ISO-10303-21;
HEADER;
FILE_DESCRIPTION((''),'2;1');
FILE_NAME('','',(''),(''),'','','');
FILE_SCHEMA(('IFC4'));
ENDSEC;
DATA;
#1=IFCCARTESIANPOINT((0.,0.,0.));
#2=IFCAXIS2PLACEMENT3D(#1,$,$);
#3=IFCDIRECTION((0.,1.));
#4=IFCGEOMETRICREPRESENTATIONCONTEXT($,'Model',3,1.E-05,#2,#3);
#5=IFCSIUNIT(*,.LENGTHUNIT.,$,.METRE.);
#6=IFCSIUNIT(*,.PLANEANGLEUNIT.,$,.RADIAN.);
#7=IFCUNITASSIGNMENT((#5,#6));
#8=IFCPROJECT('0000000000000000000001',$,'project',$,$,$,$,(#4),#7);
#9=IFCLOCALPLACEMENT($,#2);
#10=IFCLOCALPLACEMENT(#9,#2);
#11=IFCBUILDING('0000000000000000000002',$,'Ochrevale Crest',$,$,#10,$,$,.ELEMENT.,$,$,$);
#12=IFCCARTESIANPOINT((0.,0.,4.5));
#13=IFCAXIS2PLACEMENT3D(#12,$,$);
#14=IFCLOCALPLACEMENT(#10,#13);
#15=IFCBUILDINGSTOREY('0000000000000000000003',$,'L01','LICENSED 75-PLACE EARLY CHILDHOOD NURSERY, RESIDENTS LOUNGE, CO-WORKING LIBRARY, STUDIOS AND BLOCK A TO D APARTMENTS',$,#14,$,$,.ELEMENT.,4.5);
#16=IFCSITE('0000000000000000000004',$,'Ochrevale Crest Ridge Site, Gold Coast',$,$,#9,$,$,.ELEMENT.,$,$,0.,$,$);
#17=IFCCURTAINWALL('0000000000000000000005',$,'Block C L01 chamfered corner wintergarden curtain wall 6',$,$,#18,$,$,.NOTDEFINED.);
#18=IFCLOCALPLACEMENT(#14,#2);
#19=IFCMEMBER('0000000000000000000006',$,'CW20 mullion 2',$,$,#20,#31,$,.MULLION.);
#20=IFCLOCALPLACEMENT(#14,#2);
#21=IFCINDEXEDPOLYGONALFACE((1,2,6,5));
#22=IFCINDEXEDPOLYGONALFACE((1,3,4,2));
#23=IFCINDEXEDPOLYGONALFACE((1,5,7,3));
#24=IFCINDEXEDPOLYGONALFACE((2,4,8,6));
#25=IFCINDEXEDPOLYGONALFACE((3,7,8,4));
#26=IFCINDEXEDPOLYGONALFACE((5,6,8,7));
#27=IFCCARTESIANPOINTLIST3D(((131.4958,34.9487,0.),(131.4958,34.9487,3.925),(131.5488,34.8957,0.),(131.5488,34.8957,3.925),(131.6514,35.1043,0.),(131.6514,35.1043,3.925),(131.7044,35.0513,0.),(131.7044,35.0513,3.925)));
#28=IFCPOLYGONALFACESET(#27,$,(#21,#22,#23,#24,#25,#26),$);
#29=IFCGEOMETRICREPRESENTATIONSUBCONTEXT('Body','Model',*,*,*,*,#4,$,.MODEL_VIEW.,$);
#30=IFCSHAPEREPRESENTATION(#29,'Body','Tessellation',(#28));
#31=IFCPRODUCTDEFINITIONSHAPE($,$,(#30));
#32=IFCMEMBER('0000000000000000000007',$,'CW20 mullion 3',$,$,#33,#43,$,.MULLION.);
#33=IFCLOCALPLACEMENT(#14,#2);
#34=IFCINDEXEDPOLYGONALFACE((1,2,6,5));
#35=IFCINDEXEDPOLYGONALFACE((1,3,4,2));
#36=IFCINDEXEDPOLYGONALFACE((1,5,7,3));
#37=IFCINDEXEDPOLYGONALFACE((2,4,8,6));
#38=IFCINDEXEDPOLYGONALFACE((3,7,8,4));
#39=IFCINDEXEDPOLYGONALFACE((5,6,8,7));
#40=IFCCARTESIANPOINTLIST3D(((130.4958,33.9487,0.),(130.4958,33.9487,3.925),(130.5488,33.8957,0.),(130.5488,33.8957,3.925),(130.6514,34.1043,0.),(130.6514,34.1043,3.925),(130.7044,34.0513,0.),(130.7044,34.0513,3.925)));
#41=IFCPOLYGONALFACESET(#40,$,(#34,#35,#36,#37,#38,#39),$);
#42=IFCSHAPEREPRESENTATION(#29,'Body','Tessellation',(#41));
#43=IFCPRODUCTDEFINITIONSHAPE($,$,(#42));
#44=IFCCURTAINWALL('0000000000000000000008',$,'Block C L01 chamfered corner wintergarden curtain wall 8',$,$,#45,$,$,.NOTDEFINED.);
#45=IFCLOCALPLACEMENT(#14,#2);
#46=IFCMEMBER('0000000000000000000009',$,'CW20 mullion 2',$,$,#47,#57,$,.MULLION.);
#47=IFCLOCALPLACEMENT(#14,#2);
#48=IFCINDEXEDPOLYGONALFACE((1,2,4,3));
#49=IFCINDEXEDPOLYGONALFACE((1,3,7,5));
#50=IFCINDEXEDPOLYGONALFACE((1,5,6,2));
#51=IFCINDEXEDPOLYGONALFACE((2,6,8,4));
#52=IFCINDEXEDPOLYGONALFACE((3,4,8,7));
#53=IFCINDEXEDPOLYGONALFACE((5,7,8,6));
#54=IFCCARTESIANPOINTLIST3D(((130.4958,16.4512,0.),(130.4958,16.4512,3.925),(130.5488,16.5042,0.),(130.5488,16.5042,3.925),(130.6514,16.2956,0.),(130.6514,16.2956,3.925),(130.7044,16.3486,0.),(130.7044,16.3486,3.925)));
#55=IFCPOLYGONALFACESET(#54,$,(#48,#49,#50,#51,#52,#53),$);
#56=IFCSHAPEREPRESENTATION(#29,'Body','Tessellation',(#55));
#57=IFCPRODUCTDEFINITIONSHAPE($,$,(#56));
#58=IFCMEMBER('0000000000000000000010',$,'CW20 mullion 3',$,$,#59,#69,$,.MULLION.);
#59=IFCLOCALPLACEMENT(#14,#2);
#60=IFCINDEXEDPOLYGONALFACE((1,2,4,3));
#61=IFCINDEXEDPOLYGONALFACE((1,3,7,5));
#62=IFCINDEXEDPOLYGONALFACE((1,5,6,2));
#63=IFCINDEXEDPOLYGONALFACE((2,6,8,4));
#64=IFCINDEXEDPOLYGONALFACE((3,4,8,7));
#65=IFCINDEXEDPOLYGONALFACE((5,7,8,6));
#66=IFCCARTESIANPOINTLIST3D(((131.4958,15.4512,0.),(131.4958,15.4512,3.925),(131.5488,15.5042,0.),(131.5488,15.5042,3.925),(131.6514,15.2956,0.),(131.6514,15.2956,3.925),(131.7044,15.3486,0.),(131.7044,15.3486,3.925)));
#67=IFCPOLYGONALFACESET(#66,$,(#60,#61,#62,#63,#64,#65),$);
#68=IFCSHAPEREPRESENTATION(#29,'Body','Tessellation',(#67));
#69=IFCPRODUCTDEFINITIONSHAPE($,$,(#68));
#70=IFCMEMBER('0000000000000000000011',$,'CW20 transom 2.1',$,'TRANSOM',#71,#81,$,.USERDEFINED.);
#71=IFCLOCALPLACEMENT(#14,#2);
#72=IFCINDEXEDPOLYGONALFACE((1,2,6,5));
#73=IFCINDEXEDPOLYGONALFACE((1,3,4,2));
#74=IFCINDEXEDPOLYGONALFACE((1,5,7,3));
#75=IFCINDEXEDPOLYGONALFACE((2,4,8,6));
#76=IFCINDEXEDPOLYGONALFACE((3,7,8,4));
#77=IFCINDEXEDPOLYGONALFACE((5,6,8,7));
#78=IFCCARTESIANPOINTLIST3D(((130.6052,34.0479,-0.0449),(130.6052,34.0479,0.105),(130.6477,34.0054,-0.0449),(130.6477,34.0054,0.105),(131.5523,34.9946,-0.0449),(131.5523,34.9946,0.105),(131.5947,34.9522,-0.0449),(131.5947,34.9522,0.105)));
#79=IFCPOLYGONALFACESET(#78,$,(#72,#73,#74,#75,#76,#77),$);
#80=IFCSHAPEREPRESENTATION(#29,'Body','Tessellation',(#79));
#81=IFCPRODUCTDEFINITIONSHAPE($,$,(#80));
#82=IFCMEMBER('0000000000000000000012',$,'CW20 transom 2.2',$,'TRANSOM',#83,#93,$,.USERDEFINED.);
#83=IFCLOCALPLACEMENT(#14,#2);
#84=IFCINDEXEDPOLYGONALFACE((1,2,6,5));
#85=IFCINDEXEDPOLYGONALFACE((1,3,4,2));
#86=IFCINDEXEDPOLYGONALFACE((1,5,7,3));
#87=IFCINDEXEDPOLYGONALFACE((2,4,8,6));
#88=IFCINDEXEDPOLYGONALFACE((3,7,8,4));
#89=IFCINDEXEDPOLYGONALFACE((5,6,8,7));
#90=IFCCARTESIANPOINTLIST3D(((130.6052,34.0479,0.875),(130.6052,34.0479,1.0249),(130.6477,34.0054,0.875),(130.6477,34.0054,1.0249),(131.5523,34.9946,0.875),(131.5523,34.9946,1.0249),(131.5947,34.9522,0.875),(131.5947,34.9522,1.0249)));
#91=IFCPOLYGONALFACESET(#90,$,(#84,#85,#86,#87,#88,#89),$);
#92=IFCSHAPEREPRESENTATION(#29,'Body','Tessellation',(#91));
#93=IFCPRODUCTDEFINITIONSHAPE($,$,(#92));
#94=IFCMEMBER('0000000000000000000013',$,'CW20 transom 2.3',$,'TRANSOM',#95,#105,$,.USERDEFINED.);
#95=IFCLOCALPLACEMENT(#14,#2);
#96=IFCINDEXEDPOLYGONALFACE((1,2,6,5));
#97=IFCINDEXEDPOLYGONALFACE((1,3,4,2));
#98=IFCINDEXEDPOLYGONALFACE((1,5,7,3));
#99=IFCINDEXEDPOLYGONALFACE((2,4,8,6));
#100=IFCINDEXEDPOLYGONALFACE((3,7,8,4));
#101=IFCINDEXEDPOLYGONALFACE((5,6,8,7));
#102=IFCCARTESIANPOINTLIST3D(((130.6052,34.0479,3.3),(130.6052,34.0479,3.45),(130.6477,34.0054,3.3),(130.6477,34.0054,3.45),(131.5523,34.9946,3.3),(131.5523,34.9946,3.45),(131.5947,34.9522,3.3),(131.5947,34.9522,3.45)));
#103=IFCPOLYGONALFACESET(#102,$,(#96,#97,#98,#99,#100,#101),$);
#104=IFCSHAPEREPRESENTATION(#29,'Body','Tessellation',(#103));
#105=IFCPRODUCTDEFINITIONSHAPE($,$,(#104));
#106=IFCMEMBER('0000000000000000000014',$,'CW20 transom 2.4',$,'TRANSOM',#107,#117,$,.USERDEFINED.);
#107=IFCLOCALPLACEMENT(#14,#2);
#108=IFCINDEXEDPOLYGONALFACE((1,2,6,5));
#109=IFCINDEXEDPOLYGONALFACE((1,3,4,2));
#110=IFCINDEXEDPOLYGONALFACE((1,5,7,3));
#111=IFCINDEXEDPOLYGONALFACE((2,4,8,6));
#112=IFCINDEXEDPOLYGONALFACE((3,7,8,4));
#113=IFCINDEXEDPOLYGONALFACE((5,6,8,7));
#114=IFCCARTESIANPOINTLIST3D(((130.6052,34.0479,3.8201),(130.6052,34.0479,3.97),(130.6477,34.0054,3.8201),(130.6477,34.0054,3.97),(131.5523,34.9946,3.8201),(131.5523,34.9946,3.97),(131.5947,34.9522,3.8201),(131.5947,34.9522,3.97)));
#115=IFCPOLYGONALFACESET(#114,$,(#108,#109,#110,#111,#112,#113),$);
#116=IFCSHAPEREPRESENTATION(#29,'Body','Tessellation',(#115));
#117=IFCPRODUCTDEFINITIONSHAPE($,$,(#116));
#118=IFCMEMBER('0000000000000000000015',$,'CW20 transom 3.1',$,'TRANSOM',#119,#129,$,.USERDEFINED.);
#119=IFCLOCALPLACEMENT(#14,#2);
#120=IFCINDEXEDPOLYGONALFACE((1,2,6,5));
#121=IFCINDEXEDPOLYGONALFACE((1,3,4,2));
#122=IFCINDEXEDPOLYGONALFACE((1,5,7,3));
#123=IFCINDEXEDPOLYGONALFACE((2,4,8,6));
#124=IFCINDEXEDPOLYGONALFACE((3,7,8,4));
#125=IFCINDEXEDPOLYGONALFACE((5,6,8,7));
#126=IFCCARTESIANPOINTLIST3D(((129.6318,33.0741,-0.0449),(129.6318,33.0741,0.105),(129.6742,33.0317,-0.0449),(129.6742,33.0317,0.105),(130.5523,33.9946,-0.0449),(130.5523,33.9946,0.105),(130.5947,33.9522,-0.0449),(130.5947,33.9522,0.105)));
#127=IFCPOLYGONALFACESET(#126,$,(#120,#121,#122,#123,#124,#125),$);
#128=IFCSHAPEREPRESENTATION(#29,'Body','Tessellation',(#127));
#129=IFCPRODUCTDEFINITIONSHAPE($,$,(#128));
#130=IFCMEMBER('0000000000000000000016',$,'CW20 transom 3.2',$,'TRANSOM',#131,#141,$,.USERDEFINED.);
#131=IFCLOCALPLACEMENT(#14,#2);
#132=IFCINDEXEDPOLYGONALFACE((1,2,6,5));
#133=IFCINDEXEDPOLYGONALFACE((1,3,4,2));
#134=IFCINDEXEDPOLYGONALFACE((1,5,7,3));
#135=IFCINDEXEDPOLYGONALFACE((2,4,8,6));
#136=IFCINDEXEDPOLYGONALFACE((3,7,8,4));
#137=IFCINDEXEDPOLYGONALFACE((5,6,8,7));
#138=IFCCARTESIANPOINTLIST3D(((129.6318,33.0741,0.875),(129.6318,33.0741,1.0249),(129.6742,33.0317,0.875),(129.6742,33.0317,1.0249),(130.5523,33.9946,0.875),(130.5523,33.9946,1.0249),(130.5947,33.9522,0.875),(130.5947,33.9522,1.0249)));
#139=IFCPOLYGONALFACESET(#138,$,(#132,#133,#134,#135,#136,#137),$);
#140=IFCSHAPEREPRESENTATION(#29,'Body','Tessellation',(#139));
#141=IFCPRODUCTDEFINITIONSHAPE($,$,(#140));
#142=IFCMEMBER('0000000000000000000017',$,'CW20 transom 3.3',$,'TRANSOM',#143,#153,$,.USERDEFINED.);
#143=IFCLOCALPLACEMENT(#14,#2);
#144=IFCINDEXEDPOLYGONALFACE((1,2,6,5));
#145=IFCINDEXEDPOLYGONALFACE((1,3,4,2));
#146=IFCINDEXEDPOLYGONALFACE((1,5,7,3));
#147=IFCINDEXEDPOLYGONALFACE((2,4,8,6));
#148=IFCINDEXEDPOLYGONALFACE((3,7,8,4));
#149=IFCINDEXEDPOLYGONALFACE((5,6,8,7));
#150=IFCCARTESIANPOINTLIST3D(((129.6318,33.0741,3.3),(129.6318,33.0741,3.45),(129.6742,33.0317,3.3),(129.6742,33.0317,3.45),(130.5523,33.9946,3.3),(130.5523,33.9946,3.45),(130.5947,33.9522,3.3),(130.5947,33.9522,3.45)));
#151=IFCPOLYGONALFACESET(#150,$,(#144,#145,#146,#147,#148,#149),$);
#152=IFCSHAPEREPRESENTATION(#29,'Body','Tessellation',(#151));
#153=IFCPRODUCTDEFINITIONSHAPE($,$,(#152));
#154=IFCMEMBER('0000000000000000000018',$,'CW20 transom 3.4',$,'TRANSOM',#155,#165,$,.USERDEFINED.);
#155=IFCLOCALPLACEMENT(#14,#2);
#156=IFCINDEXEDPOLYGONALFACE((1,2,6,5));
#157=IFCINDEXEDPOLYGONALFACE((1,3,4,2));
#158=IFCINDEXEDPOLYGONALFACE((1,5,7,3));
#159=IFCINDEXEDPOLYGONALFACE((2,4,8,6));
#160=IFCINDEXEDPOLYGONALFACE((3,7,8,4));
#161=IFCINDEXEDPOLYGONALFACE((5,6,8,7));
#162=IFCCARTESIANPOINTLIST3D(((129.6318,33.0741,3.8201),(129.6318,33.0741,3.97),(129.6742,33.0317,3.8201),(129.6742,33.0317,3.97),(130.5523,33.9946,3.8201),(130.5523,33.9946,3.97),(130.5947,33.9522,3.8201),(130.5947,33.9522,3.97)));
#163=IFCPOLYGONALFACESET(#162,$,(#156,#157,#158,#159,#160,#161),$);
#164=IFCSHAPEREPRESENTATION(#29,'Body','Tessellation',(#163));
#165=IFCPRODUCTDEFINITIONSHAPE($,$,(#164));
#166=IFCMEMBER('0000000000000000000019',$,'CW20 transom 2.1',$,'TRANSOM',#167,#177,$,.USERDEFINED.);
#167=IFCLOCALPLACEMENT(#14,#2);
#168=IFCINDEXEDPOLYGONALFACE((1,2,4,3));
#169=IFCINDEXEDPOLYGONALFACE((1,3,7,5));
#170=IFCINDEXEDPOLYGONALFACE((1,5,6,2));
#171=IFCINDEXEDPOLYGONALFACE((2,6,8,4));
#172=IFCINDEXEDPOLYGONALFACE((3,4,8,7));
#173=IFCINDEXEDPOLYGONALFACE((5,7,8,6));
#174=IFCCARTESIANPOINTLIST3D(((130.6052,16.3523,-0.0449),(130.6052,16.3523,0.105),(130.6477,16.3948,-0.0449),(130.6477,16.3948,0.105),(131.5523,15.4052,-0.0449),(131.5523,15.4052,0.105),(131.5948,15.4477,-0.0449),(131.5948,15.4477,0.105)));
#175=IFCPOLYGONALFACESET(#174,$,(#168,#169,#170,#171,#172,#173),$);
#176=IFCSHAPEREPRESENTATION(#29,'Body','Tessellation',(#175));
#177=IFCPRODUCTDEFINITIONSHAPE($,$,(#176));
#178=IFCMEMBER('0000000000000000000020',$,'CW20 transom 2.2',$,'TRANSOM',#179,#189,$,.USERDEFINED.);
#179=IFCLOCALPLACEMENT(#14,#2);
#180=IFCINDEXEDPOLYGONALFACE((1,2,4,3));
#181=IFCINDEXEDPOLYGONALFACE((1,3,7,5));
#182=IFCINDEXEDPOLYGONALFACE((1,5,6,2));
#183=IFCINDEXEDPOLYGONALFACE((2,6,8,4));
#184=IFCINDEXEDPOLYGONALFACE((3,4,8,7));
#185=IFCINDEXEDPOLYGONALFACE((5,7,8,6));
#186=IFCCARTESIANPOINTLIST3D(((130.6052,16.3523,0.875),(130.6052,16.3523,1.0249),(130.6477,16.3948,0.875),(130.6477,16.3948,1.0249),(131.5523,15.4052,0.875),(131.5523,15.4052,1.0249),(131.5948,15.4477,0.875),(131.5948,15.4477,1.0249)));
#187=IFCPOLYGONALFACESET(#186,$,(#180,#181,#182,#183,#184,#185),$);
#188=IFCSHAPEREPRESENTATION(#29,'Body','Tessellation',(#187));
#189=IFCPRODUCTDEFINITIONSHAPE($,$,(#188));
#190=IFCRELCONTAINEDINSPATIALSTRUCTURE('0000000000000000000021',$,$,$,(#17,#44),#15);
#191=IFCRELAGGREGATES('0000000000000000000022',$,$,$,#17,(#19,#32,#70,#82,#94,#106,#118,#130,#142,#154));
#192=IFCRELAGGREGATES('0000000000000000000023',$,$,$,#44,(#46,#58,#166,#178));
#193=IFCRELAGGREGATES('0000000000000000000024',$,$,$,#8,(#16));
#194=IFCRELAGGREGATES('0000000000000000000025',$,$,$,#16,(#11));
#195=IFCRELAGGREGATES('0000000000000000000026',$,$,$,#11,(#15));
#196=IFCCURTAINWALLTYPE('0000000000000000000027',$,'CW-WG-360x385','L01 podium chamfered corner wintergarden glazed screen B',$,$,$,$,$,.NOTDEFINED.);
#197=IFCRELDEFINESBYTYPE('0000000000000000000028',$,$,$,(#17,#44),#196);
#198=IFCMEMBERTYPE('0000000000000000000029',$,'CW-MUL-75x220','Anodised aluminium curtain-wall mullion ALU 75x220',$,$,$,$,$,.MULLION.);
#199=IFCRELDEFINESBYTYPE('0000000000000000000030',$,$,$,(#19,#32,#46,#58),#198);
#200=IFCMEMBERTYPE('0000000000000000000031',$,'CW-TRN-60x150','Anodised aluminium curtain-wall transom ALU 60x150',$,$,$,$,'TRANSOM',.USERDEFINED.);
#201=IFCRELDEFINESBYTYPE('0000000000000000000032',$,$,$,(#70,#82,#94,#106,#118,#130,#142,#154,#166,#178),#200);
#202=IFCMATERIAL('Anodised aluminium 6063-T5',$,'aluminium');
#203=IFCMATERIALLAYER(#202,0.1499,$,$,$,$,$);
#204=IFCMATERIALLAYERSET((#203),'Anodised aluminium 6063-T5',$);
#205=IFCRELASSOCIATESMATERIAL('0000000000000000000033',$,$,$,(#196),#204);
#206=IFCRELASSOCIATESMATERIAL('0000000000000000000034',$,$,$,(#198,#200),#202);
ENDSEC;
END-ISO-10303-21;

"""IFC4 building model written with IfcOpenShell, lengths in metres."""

from ifc_helpers import new_model, si_unit, direction, frame, origin, origin_2d, place, context, subcontext, project, spatial, rectangle, extrude, material, layer, layer_set, material_profile, profile_set, type_object, element, aggregate, save


model = new_model("IFC4")

# Units and contexts
model_context = context("Model", 3, precision=1e-05, world=origin(), true_north=direction((0.0, 1.0)))
body_context = subcontext(model_context, "Body", "Model", "MODEL_VIEW")
ifc_project = project(units=[si_unit("LENGTHUNIT", "METRE"), si_unit("PLANEANGLEUNIT", "RADIAN")], contexts=[model_context])

# Site, building, storey
site_placement = place(None, origin())
site = spatial("IfcSite", under=ifc_project, at=site_placement, Name="Ochrevale Crest Ridge Site, Gold Coast", CompositionType="ELEMENT", RefElevation=0.0)
building_placement = place(site_placement, origin())
building = spatial("IfcBuilding", under=site, at=building_placement, Name="Ochrevale Crest", CompositionType="ELEMENT")
storey_placement = place(building_placement, frame((0.0, 0.0, 4.5)))
storey = spatial("IfcBuildingStorey", under=building, at=storey_placement, Name="L01", Description="LICENSED 75-PLACE EARLY CHILDHOOD NURSERY, RESIDENTS LOUNGE, CO-WORKING LIBRARY, STUDIOS AND BLOCK A TO D APARTMENTS", CompositionType="ELEMENT", Elevation=4.5)

# Curtain walls, members
ifc_material_1 = material(Name="Anodised aluminium 6063-T5", Category="aluminium")
ifc_layer_1 = layer(ifc_material_1, 0.1499)
ifc_layer_set_1 = layer_set([ifc_layer_1], Name="Anodised aluminium 6063-T5")
curtain_wall_type = type_object("IfcCurtainWallType", Name="CW-WG-360x385", Description="L01 podium chamfered corner wintergarden glazed screen B", PredefinedType="NOTDEFINED", material=ifc_layer_set_1)
curtain_wall_1_placement = place(storey_placement, origin())
curtain_wall_1 = element("IfcCurtainWall", 1, at=curtain_wall_1_placement, inside=storey, type_object=curtain_wall_type, Name="Block C L01 chamfered corner wintergarden curtain wall 6", PredefinedType="NOTDEFINED")
ifc_material_profile_1 = material_profile(ifc_material_1, rectangle(XDim=0.075, YDim=0.22, at=origin_2d()), Name="ALU 75x220")
ifc_profile_set_1 = profile_set([ifc_material_profile_1], Name="Anodised aluminium 6063-T5")
member_type_1 = type_object("IfcMemberType", Name="CW-MUL-75x220", Description="Anodised aluminium curtain-wall mullion ALU 75x220", PredefinedType="MULLION", material=ifc_profile_set_1)
member_1_placement = place(storey_placement, frame((131.6001, 35.0, 0.0), z_axis=(0.0, 0.0, 1.0), x_axis=(0.707107, -0.707107, 0.0)))
member_1 = element("IfcMember", 2, at=member_1_placement, type_object=member_type_1, Name="CW20 mullion 2", PredefinedType="MULLION", context=body_context, shape_type="SweptSolid", body=[
    extrude(rectangle(XDim=0.075, YDim=0.22, at=origin_2d()), origin(), (0.0, 0.0, 1.0), 3.925),
])
member_2_placement = place(storey_placement, frame((130.6001, 34.0, 0.0), z_axis=(0.0, 0.0, 1.0), x_axis=(0.707107, -0.707107, 0.0)))
member_2 = element("IfcMember", 3, at=member_2_placement, type_object=member_type_1, Name="CW20 mullion 3", PredefinedType="MULLION", context=body_context, shape_type="SweptSolid", body=[
    extrude(rectangle(XDim=0.075, YDim=0.22, at=origin_2d()), origin(), (0.0, 0.0, 1.0), 3.925),
])
curtain_wall_2_placement = place(storey_placement, origin())
curtain_wall_2 = element("IfcCurtainWall", 4, at=curtain_wall_2_placement, inside=storey, type_object=curtain_wall_type, Name="Block C L01 chamfered corner wintergarden curtain wall 8", PredefinedType="NOTDEFINED")
member_3_placement = place(storey_placement, frame((130.6001, 16.3999, 0.0), z_axis=(0.0, 0.0, 1.0), x_axis=(0.707107, 0.707107, 0.0)))
member_3 = element("IfcMember", 5, at=member_3_placement, type_object=member_type_1, Name="CW20 mullion 2", PredefinedType="MULLION", context=body_context, shape_type="SweptSolid", body=[
    extrude(rectangle(XDim=0.075, YDim=0.22, at=origin_2d()), origin(), (0.0, 0.0, 1.0), 3.925),
])
member_4_placement = place(storey_placement, frame((131.6001, 15.3999, 0.0), z_axis=(0.0, 0.0, 1.0), x_axis=(0.707107, 0.707107, 0.0)))
member_4 = element("IfcMember", 6, at=member_4_placement, type_object=member_type_1, Name="CW20 mullion 3", PredefinedType="MULLION", context=body_context, shape_type="SweptSolid", body=[
    extrude(rectangle(XDim=0.075, YDim=0.22, at=origin_2d()), origin(), (0.0, 0.0, 1.0), 3.925),
])

# Members
ifc_material_profile_2 = material_profile(ifc_material_1, rectangle(XDim=0.0601, YDim=0.1499, at=origin_2d()), Name="ALU 60x150")
ifc_profile_set_2 = profile_set([ifc_material_profile_2], Name="Anodised aluminium 6063-T5")
member_type_2 = type_object("IfcMemberType", Name="CW-TRN-60x150", Description="Anodised aluminium curtain-wall transom ALU 60x150", ElementType="TRANSOM", PredefinedType="USERDEFINED", material=ifc_profile_set_2)
member_5_placement = place(storey_placement, frame((131.5735, 34.9734, 0.03), z_axis=(-0.707198, -0.707016, 0.0), x_axis=(0.707016, -0.707198, 0.0)))
member_5 = element("IfcMember", 7, at=member_5_placement, type_object=member_type_2, Name="CW20 transom 2.1", ObjectType="TRANSOM", PredefinedType="USERDEFINED", context=body_context, shape_type="SweptSolid", body=[
    extrude(rectangle(XDim=0.0601, YDim=0.1499, at=origin_2d()), origin(), (0.0, 0.0, 1.0), 1.3391),
])
member_6_placement = place(storey_placement, frame((131.5735, 34.9734, 0.95), z_axis=(-0.707198, -0.707016, 0.0), x_axis=(0.707016, -0.707198, 0.0)))
member_6 = element("IfcMember", 8, at=member_6_placement, type_object=member_type_2, Name="CW20 transom 2.2", ObjectType="TRANSOM", PredefinedType="USERDEFINED", context=body_context, shape_type="SweptSolid", body=[
    extrude(rectangle(XDim=0.0601, YDim=0.1499, at=origin_2d()), origin(), (0.0, 0.0, 1.0), 1.3391),
])
member_7_placement = place(storey_placement, frame((131.5735, 34.9734, 3.375), z_axis=(-0.707198, -0.707016, 0.0), x_axis=(0.707016, -0.707198, 0.0)))
member_7 = element("IfcMember", 9, at=member_7_placement, type_object=member_type_2, Name="CW20 transom 2.3", ObjectType="TRANSOM", PredefinedType="USERDEFINED", context=body_context, shape_type="SweptSolid", body=[
    extrude(rectangle(XDim=0.0601, YDim=0.1499, at=origin_2d()), origin(), (0.0, 0.0, 1.0), 1.3391),
])
member_8_placement = place(storey_placement, frame((131.5735, 34.9734, 3.895), z_axis=(-0.707198, -0.707016, 0.0), x_axis=(0.707016, -0.707198, 0.0)))
member_8 = element("IfcMember", 10, at=member_8_placement, type_object=member_type_2, Name="CW20 transom 2.4", ObjectType="TRANSOM", PredefinedType="USERDEFINED", context=body_context, shape_type="SweptSolid", body=[
    extrude(rectangle(XDim=0.0601, YDim=0.1499, at=origin_2d()), origin(), (0.0, 0.0, 1.0), 1.3391),
])
member_9_placement = place(storey_placement, frame((130.5735, 33.9734, 0.03), z_axis=(-0.707107, -0.707107, 0.0), x_axis=(0.707107, -0.707107, 0.0)))
member_9 = element("IfcMember", 11, at=member_9_placement, type_object=member_type_2, Name="CW20 transom 3.1", ObjectType="TRANSOM", PredefinedType="USERDEFINED", context=body_context, shape_type="SweptSolid", body=[
    extrude(rectangle(XDim=0.0601, YDim=0.1499, at=origin_2d()), origin(), (0.0, 0.0, 1.0), 1.3018),
])
member_10_placement = place(storey_placement, frame((130.5735, 33.9734, 0.95), z_axis=(-0.707107, -0.707107, 0.0), x_axis=(0.707107, -0.707107, 0.0)))
member_10 = element("IfcMember", 12, at=member_10_placement, type_object=member_type_2, Name="CW20 transom 3.2", ObjectType="TRANSOM", PredefinedType="USERDEFINED", context=body_context, shape_type="SweptSolid", body=[
    extrude(rectangle(XDim=0.0601, YDim=0.1499, at=origin_2d()), origin(), (0.0, 0.0, 1.0), 1.3018),
])
member_11_placement = place(storey_placement, frame((130.5735, 33.9734, 3.375), z_axis=(-0.707107, -0.707107, 0.0), x_axis=(0.707107, -0.707107, 0.0)))
member_11 = element("IfcMember", 13, at=member_11_placement, type_object=member_type_2, Name="CW20 transom 3.3", ObjectType="TRANSOM", PredefinedType="USERDEFINED", context=body_context, shape_type="SweptSolid", body=[
    extrude(rectangle(XDim=0.0601, YDim=0.1499, at=origin_2d()), origin(), (0.0, 0.0, 1.0), 1.3018),
])
member_12_placement = place(storey_placement, frame((130.5735, 33.9734, 3.895), z_axis=(-0.707107, -0.707107, 0.0), x_axis=(0.707107, -0.707107, 0.0)))
member_12 = element("IfcMember", 14, at=member_12_placement, type_object=member_type_2, Name="CW20 transom 3.4", ObjectType="TRANSOM", PredefinedType="USERDEFINED", context=body_context, shape_type="SweptSolid", body=[
    extrude(rectangle(XDim=0.0601, YDim=0.1499, at=origin_2d()), origin(), (0.0, 0.0, 1.0), 1.3018),
])
member_13_placement = place(storey_placement, frame((130.6265, 16.3735, 0.03), z_axis=(0.707107, -0.707107, 0.0), x_axis=(0.707107, 0.707107, 0.0)))
member_13 = element("IfcMember", 15, at=member_13_placement, type_object=member_type_2, Name="CW20 transom 2.1", ObjectType="TRANSOM", PredefinedType="USERDEFINED", context=body_context, shape_type="SweptSolid", body=[
    extrude(rectangle(XDim=0.0601, YDim=0.1499, at=origin_2d()), origin(), (0.0, 0.0, 1.0), 1.3394),
])
member_14_placement = place(storey_placement, frame((130.6265, 16.3735, 0.95), z_axis=(0.707107, -0.707107, 0.0), x_axis=(0.707107, 0.707107, 0.0)))
member_14 = element("IfcMember", 16, at=member_14_placement, type_object=member_type_2, Name="CW20 transom 2.2", ObjectType="TRANSOM", PredefinedType="USERDEFINED", context=body_context, shape_type="SweptSolid", body=[
    extrude(rectangle(XDim=0.0601, YDim=0.1499, at=origin_2d()), origin(), (0.0, 0.0, 1.0), 1.3394),
])

aggregate(curtain_wall_1, [member_1, member_2, member_5, member_6, member_7, member_8, member_9, member_10, member_11, member_12])
aggregate(curtain_wall_2, [member_3, member_4, member_13, member_14])

save(model, "model.ifc")
